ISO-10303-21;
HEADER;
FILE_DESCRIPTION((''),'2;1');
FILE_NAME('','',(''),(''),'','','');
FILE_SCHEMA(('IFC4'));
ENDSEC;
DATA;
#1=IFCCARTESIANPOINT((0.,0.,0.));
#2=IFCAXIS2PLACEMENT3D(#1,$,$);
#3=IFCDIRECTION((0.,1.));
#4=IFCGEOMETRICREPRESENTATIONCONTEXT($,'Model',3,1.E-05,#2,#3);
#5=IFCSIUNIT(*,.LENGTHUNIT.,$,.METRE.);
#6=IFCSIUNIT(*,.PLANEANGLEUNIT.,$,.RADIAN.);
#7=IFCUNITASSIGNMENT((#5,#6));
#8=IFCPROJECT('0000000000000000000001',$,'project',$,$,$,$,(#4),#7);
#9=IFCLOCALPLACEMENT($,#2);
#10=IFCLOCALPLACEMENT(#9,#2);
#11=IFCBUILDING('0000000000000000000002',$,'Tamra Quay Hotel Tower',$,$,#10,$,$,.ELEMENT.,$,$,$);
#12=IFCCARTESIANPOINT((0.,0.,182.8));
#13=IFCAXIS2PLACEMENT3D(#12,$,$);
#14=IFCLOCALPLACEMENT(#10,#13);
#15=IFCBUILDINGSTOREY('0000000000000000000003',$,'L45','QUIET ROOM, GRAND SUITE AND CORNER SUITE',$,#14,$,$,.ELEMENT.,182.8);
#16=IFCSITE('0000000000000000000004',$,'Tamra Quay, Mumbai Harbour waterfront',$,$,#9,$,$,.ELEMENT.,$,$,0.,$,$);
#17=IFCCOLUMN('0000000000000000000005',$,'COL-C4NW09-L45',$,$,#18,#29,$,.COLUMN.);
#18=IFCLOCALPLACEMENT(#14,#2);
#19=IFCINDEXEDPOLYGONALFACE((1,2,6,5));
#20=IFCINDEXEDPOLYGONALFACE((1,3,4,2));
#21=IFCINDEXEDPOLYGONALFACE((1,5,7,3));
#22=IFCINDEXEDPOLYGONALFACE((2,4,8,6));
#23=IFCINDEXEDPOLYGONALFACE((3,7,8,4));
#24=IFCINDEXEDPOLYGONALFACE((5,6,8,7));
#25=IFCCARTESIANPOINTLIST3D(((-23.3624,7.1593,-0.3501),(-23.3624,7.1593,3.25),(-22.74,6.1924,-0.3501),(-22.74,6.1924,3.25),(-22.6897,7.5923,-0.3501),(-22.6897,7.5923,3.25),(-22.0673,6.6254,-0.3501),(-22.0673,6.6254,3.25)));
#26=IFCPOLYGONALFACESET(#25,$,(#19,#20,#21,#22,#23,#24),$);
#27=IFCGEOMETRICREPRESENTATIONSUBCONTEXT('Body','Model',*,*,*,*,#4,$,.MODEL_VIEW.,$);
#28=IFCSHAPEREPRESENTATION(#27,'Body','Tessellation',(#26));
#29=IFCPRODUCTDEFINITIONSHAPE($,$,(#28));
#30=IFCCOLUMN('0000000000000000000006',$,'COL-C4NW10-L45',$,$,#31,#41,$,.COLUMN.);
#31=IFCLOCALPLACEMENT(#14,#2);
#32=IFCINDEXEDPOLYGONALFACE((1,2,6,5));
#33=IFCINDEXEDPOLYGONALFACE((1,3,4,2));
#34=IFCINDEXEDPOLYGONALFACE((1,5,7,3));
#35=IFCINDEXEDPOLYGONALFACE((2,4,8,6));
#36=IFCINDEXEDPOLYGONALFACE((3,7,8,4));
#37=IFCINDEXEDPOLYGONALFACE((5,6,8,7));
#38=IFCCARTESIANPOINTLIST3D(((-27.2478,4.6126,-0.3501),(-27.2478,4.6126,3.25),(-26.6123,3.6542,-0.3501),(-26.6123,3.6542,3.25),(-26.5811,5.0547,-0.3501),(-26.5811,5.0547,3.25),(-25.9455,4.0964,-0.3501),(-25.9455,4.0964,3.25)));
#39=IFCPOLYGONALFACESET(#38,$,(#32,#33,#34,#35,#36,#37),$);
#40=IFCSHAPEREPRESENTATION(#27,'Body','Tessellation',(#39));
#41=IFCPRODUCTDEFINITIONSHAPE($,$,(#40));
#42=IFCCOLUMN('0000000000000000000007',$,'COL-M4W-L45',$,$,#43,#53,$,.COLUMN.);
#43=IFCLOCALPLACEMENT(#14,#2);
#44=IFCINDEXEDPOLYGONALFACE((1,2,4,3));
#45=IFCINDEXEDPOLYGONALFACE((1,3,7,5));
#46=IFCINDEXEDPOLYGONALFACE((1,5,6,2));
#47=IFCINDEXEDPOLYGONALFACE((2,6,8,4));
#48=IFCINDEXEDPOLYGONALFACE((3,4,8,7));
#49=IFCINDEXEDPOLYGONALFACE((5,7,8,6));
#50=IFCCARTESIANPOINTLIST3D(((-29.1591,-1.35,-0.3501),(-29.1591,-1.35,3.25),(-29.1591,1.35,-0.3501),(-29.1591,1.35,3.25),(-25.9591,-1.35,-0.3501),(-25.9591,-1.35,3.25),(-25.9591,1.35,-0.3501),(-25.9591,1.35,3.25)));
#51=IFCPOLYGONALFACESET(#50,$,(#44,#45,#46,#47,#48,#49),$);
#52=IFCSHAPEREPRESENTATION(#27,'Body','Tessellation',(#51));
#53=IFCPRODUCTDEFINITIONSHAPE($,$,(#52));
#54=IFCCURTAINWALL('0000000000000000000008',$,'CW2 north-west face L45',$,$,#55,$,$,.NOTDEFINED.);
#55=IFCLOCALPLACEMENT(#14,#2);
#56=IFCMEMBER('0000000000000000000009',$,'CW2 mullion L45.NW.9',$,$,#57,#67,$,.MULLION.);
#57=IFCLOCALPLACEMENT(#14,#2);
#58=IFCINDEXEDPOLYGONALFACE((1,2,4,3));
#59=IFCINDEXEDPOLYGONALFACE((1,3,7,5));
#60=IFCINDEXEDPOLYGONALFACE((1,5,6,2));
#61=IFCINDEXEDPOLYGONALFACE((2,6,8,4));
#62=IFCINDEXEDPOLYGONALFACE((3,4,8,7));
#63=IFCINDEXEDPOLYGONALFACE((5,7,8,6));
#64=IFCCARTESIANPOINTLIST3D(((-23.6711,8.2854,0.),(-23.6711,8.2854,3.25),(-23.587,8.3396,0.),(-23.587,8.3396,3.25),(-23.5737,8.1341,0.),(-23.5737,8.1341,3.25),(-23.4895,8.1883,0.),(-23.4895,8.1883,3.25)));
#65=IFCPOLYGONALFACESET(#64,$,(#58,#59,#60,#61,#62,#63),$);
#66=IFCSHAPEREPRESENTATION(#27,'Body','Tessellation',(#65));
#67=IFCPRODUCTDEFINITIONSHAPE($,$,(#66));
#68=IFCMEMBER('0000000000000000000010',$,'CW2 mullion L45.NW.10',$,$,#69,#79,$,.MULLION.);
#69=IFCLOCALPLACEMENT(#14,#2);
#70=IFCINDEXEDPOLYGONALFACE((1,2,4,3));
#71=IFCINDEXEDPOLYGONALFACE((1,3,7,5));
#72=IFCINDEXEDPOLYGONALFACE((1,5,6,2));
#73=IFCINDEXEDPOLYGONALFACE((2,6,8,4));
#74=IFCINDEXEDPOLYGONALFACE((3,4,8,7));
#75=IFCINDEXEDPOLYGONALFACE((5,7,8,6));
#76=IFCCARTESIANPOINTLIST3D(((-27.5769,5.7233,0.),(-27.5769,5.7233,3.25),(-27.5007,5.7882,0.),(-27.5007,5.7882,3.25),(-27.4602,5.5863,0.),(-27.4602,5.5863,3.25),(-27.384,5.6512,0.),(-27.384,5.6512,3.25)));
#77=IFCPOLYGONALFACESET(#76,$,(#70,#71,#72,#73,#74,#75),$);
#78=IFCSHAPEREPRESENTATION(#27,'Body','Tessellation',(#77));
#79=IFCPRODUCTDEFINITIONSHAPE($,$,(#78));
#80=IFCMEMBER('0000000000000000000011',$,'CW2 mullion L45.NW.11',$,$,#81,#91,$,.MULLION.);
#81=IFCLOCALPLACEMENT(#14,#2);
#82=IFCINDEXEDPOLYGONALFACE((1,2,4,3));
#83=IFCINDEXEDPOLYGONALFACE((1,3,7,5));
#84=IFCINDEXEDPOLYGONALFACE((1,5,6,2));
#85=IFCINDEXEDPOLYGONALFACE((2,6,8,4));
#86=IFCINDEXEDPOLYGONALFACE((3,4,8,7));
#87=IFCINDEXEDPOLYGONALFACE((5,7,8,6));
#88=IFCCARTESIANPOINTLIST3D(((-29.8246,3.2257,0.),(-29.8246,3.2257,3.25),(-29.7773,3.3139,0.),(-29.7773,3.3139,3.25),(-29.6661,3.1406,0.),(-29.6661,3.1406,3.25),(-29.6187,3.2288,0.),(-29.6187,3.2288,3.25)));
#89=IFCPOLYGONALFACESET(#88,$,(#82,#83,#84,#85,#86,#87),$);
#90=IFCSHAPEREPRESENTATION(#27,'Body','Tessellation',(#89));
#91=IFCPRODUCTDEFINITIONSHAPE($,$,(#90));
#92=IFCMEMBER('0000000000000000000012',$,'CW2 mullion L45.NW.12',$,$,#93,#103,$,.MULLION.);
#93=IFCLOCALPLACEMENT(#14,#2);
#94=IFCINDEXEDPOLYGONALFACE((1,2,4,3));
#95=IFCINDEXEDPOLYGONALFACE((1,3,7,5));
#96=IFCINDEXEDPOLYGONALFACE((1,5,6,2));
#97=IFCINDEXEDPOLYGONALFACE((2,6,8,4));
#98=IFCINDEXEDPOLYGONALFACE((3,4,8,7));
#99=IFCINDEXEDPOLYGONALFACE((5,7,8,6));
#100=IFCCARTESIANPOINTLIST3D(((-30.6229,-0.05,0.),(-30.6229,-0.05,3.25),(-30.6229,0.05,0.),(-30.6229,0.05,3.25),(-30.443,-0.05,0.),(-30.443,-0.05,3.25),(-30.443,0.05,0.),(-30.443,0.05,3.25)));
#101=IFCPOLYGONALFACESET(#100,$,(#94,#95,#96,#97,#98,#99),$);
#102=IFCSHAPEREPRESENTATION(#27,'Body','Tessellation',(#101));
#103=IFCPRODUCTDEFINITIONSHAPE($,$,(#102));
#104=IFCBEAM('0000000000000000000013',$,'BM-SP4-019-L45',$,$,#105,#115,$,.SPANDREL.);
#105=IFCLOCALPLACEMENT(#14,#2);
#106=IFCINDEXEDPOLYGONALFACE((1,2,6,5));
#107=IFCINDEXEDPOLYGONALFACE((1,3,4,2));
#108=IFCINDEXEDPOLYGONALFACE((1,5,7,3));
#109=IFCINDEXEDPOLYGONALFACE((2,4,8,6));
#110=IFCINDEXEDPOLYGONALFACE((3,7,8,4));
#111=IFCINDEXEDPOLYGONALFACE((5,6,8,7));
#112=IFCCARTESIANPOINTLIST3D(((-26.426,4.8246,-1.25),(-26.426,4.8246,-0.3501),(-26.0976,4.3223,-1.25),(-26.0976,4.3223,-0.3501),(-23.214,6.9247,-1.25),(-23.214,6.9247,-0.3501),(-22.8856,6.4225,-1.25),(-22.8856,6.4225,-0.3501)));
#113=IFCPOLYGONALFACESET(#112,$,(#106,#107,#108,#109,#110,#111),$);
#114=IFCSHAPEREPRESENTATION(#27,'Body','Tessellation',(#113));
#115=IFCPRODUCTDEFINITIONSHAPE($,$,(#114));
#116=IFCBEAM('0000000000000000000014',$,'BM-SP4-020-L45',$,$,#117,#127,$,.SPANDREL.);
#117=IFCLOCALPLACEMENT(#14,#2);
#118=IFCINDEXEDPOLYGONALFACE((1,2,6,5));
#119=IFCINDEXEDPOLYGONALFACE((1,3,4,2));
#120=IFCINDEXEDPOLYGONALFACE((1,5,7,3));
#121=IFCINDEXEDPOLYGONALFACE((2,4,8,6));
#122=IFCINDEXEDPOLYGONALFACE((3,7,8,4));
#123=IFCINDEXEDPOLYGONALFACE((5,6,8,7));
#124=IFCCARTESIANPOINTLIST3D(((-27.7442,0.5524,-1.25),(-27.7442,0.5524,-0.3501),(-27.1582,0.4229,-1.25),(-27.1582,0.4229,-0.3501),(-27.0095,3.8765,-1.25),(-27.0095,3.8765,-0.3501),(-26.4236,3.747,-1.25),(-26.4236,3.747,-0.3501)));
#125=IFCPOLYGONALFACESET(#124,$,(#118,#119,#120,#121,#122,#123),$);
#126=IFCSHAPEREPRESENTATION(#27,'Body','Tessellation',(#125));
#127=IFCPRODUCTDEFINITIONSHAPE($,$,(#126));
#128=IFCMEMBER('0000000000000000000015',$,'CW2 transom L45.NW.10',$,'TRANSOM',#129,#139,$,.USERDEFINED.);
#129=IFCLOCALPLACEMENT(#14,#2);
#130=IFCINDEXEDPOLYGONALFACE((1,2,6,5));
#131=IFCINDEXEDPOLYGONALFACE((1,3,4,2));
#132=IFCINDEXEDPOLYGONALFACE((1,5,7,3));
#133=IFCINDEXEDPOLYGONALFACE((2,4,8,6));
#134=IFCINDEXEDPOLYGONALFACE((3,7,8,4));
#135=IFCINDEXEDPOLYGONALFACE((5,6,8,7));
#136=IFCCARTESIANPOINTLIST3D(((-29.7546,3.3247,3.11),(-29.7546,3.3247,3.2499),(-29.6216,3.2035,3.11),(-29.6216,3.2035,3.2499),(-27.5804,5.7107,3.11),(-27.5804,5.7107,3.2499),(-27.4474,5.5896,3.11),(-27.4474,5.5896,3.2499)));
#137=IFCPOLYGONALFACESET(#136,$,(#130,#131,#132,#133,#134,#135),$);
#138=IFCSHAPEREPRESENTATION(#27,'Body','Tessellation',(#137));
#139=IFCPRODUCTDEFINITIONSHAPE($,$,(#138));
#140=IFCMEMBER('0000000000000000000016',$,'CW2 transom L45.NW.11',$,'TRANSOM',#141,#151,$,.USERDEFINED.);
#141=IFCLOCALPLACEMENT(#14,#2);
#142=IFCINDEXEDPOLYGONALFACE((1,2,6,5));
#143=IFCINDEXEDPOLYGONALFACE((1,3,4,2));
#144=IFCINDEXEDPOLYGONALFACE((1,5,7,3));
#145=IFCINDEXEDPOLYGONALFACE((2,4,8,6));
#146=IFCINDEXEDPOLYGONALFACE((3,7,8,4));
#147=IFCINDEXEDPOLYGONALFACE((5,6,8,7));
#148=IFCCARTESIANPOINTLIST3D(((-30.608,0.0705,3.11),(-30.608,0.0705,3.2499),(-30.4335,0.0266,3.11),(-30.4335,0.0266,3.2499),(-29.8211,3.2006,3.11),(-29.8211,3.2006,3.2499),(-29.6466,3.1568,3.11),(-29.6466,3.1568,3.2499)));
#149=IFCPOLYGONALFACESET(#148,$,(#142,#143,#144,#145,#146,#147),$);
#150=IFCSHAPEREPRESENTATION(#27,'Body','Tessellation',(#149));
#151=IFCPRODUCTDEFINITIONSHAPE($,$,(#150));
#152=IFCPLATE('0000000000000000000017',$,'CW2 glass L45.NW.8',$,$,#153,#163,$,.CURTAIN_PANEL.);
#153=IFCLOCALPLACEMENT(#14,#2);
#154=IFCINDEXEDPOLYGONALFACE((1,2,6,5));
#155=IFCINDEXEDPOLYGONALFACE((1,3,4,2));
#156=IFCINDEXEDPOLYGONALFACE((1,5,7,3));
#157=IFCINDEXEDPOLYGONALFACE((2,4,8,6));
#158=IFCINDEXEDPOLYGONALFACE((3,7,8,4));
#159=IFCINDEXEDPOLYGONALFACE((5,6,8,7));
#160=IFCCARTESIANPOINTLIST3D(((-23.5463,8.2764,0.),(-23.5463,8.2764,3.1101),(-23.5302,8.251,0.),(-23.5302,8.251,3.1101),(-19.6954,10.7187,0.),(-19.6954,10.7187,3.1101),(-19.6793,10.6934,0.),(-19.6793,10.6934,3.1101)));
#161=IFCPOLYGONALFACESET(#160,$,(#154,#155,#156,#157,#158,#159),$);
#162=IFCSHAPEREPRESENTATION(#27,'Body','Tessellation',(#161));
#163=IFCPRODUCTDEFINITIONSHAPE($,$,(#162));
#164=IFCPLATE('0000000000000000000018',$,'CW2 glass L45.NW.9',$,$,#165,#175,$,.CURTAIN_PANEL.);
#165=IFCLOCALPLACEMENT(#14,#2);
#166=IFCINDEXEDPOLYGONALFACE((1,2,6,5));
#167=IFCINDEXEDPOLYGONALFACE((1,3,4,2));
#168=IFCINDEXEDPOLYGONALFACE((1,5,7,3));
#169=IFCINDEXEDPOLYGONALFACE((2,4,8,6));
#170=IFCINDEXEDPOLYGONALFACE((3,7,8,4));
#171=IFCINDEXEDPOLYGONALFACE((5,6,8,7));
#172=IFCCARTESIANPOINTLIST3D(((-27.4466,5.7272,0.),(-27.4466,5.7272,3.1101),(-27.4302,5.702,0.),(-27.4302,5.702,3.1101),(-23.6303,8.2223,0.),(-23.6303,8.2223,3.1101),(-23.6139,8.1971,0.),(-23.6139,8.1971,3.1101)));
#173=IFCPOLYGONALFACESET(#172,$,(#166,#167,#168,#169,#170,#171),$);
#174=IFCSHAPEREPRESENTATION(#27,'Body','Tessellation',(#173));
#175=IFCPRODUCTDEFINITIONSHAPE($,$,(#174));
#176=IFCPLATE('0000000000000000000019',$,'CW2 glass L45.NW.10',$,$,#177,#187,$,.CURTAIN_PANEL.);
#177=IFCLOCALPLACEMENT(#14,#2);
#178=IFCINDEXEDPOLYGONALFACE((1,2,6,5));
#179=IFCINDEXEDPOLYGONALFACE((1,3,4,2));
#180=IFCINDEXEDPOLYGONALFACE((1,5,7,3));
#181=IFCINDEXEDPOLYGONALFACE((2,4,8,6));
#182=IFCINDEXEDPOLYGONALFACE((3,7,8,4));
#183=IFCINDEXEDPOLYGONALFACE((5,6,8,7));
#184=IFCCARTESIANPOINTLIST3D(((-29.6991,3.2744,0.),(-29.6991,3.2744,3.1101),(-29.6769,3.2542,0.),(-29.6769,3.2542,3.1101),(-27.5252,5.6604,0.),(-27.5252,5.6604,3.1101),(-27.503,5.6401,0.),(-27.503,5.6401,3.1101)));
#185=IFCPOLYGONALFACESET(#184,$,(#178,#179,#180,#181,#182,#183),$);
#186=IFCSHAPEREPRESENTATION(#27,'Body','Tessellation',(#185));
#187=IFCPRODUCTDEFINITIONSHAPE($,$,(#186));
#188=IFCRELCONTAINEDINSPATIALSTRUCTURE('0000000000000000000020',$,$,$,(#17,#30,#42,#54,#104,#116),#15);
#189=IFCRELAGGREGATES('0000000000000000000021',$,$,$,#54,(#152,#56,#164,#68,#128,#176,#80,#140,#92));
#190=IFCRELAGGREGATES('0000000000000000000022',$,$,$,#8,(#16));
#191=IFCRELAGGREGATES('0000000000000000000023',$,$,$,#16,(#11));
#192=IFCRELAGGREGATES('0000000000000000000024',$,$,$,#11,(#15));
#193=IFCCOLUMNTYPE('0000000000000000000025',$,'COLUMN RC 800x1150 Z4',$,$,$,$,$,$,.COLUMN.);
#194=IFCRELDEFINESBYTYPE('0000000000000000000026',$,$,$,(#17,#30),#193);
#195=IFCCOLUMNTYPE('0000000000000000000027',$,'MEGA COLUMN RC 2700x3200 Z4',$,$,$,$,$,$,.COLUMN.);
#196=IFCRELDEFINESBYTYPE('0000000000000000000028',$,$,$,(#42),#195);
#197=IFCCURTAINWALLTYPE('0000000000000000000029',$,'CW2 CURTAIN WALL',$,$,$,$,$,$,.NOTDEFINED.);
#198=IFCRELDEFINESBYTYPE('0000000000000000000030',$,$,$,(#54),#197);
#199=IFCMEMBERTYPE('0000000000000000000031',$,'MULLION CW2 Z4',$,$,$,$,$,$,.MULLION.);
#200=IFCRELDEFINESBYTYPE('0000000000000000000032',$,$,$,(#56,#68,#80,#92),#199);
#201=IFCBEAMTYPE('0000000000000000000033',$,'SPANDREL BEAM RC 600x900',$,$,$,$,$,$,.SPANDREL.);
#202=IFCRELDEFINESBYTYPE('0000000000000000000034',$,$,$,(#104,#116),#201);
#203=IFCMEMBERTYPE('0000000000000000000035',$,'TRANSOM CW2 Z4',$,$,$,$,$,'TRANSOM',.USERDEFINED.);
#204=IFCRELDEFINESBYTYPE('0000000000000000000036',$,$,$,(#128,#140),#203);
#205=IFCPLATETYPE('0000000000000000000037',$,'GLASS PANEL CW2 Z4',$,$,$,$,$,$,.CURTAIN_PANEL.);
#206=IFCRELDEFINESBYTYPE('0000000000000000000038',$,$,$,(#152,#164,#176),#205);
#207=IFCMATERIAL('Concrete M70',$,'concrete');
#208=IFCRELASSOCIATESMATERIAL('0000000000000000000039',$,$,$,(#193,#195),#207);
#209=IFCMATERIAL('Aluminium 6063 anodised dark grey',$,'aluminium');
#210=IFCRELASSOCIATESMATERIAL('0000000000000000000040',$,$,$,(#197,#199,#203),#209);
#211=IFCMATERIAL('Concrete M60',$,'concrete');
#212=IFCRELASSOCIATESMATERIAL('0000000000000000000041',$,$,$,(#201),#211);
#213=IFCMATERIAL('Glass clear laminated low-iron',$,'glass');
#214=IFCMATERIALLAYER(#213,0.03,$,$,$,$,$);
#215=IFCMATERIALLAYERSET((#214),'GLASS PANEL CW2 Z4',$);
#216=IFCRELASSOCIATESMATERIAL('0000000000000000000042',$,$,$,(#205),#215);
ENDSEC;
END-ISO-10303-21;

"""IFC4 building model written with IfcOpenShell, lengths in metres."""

from ifc_helpers import new_model, si_unit, direction, frame, origin, origin_2d, place, context, subcontext, project, spatial, rectangle, extrude, material, layer, layer_set, material_profile, profile_set, type_object, element, aggregate, save


model = new_model("IFC4")

# Units and contexts
model_context = context("Model", 3, precision=1e-05, world=origin(), true_north=direction((0.0, 1.0)))
body_context = subcontext(model_context, "Body", "Model", "MODEL_VIEW")
ifc_project = project(units=[si_unit("LENGTHUNIT", "METRE"), si_unit("PLANEANGLEUNIT", "RADIAN")], contexts=[model_context])

# Site, building, storey
site_placement = place(None, origin())
site = spatial("IfcSite", under=ifc_project, at=site_placement, Name="Tamra Quay, Mumbai Harbour waterfront", CompositionType="ELEMENT", RefElevation=0.0)
building_placement = place(site_placement, origin())
building = spatial("IfcBuilding", under=site, at=building_placement, Name="Tamra Quay Hotel Tower", CompositionType="ELEMENT")
storey_placement = place(building_placement, frame((0.0, 0.0, 182.8)))
storey = spatial("IfcBuildingStorey", under=building, at=storey_placement, Name="L45", Description="QUIET ROOM, GRAND SUITE AND CORNER SUITE", CompositionType="ELEMENT", Elevation=182.8)

# Columns
ifc_material_1 = material(Name="Concrete M70", Category="concrete")
ifc_material_profile_1 = material_profile(ifc_material_1, rectangle(XDim=1.1499, YDim=0.8, at=origin_2d()), Name="COLUMN RC 800x1150 Z4")
ifc_profile_set_1 = profile_set([ifc_material_profile_1], Name="Concrete M70")
column_type_1 = type_object("IfcColumnType", Name="COLUMN RC 800x1150 Z4", PredefinedType="COLUMN", material=ifc_profile_set_1)
for number, where, z_axis, x_axis, name in (
    (1, (-22.7148, 6.8923, -0.3501), (0.0, 0.0, 1.0), (-0.541283, 0.840841, 0.0), "COL-C4NW09-L45"),
    (2, (-26.5967, 4.3545, -0.3501), (0.0, 0.0, 1.0), (-0.552666, 0.833403, 0.0), "COL-C4NW10-L45"),
):
    element("IfcColumn", number, at=place(storey_placement, frame(where, z_axis=z_axis, x_axis=x_axis)), inside=storey, type_object=column_type_1, Name=name, PredefinedType="COLUMN", context=body_context, shape_type="SweptSolid", body=[
        extrude(rectangle(XDim=1.1499, YDim=0.8, at=origin_2d()), origin(), (0.0, 0.0, 1.0), 3.6001),
    ])
ifc_material_profile_2 = material_profile(ifc_material_1, rectangle(XDim=3.2, YDim=2.7, at=origin_2d()), Name="MEGA COLUMN RC 2700x3200 Z4")
ifc_profile_set_2 = profile_set([ifc_material_profile_2], Name="Concrete M70")
column_type_2 = type_object("IfcColumnType", Name="MEGA COLUMN RC 2700x3200 Z4", PredefinedType="COLUMN", material=ifc_profile_set_2)
column_placement = place(storey_placement, frame((-27.5591, 0.0, -0.3501), z_axis=(0.0, 0.0, 1.0), x_axis=(1.0, 0.0, 0.0)))
element("IfcColumn", 3, at=column_placement, inside=storey, type_object=column_type_2, Name="COL-M4W-L45", PredefinedType="COLUMN", context=body_context, shape_type="SweptSolid", body=[
    extrude(rectangle(XDim=3.2, YDim=2.7, at=origin_2d()), origin(), (0.0, 0.0, 1.0), 3.6001),
])

# Curtain wall, members
ifc_material_2 = material(Name="Aluminium 6063 anodised dark grey", Category="aluminium")
curtain_wall_type = type_object("IfcCurtainWallType", Name="CW2 CURTAIN WALL", PredefinedType="NOTDEFINED", material=ifc_material_2)
curtain_wall_placement = place(storey_placement, origin())
curtain_wall = element("IfcCurtainWall", 4, at=curtain_wall_placement, inside=storey, type_object=curtain_wall_type, Name="CW2 north-west face L45", PredefinedType="NOTDEFINED")
ifc_material_profile_3 = material_profile(ifc_material_2, rectangle(XDim=0.1799, YDim=0.1001, at=origin_2d()), Name="MULLION 100X180")
ifc_profile_set_3 = profile_set([ifc_material_profile_3], Name="Aluminium 6063 anodised dark grey")
member_type_1 = type_object("IfcMemberType", Name="MULLION CW2 Z4", PredefinedType="MULLION", material=ifc_profile_set_3)
member_1_placement = place(storey_placement, frame((-23.5803, 8.2368, 0.0), z_axis=(0.0, 0.0, 1.0), x_axis=(-0.541422, 0.840751, 0.0)))
member_1 = element("IfcMember", 5, at=member_1_placement, type_object=member_type_1, Name="CW2 mullion L45.NW.9", PredefinedType="MULLION", context=body_context, shape_type="SweptSolid", body=[
    extrude(rectangle(XDim=0.1799, YDim=0.1001, at=origin_2d()), origin(), (0.0, 0.0, 1.0), 3.25),
])
member_2_placement = place(storey_placement, frame((-27.4805, 5.6873, 0.0), z_axis=(0.0, 0.0, 1.0), x_axis=(-0.648381, 0.761316, 0.0)))
member_2 = element("IfcMember", 6, at=member_2_placement, type_object=member_type_1, Name="CW2 mullion L45.NW.10", PredefinedType="MULLION", context=body_context, shape_type="SweptSolid", body=[
    extrude(rectangle(XDim=0.1799, YDim=0.1001, at=origin_2d()), origin(), (0.0, 0.0, 1.0), 3.25),
])
member_3_placement = place(storey_placement, frame((-29.7217, 3.2273, 0.0), z_axis=(0.0, 0.0, 1.0), x_axis=(-0.881098, 0.472935, 0.0)))
member_3 = element("IfcMember", 7, at=member_3_placement, type_object=member_type_1, Name="CW2 mullion L45.NW.11", PredefinedType="MULLION", context=body_context, shape_type="SweptSolid", body=[
    extrude(rectangle(XDim=0.1799, YDim=0.1001, at=origin_2d()), origin(), (0.0, 0.0, 1.0), 3.25),
])
member_4_placement = place(storey_placement, frame((-30.533, 0.0, 0.0), z_axis=(0.0, 0.0, 1.0), x_axis=(-1.0, 0.0, 0.0)))
member_4 = element("IfcMember", 8, at=member_4_placement, type_object=member_type_1, Name="CW2 mullion L45.NW.12", PredefinedType="MULLION", context=body_context, shape_type="SweptSolid", body=[
    extrude(rectangle(XDim=0.1799, YDim=0.1001, at=origin_2d()), origin(), (0.0, 0.0, 1.0), 3.25),
])

# Beams
ifc_material_3 = material(Name="Concrete M60", Category="concrete")
ifc_material_profile_4 = material_profile(ifc_material_3, rectangle(XDim=0.6001, YDim=0.8999, at=origin_2d()), Name="SPANDREL BEAM RC 600x900")
ifc_profile_set_4 = profile_set([ifc_material_profile_4], Name="Concrete M60")
beam_type = type_object("IfcBeamType", Name="SPANDREL BEAM RC 600x900", PredefinedType="SPANDREL", material=ifc_profile_set_4)
beam_1_placement = place(storey_placement, frame((-23.0498, 6.6736, -0.8), z_axis=(-0.83697, -0.547249, 0.0), x_axis=(0.547249, -0.83697, 0.0)))
element("IfcBeam", 9, at=beam_1_placement, inside=storey, type_object=beam_type, Name="BM-SP4-019-L45", PredefinedType="SPANDREL", context=body_context, shape_type="SweptSolid", body=[
    extrude(rectangle(XDim=0.6001, YDim=0.8999, at=origin_2d()), origin(), (0.0, 0.0, 1.0), 3.8376),
])
beam_2_placement = place(storey_placement, frame((-26.7166, 3.8118, -0.8), z_axis=(-0.215799, -0.976438, 0.0), x_axis=(0.976438, -0.215799, 0.0)))
element("IfcBeam", 10, at=beam_2_placement, inside=storey, type_object=beam_type, Name="BM-SP4-020-L45", PredefinedType="SPANDREL", context=body_context, shape_type="SweptSolid", body=[
    extrude(rectangle(XDim=0.6001, YDim=0.8999, at=origin_2d()), origin(), (0.0, 0.0, 1.0), 3.4043),
])

# Members
ifc_material_profile_5 = material_profile(ifc_material_2, rectangle(XDim=0.1799, YDim=0.1399, at=origin_2d()), Name="TRANSOM 180X140")
ifc_profile_set_5 = profile_set([ifc_material_profile_5], Name="Aluminium 6063 anodised dark grey")
member_type_2 = type_object("IfcMemberType", Name="TRANSOM CW2 Z4", ElementType="TRANSOM", PredefinedType="USERDEFINED", material=ifc_profile_set_5)
member_5_placement = place(storey_placement, frame((-27.5139, 5.6501, 3.1799), z_axis=(-0.673519, -0.73917, 0.0), x_axis=(0.73917, -0.673519, 0.0)))
member_5 = element("IfcMember", 11, at=member_5_placement, type_object=member_type_2, Name="CW2 transom L45.NW.10", ObjectType="TRANSOM", PredefinedType="USERDEFINED", context=body_context, shape_type="SweptSolid", body=[
    extrude(rectangle(XDim=0.1799, YDim=0.1399, at=origin_2d()), origin(), (0.0, 0.0, 1.0), 3.228),
])
member_6_placement = place(storey_placement, frame((-29.7339, 3.1787, 3.1799), z_axis=(-0.243799, -0.969826, 0.0), x_axis=(0.969826, -0.243799, 0.0)))
member_6 = element("IfcMember", 12, at=member_6_placement, type_object=member_type_2, Name="CW2 transom L45.NW.11", ObjectType="TRANSOM", PredefinedType="USERDEFINED", context=body_context, shape_type="SweptSolid", body=[
    extrude(rectangle(XDim=0.1799, YDim=0.1399, at=origin_2d()), origin(), (0.0, 0.0, 1.0), 3.2275),
])

# Plates
ifc_material_4 = material(Name="Glass clear laminated low-iron", Category="glass")
ifc_layer_1 = layer(ifc_material_4, 0.03)
ifc_layer_set_1 = layer_set([ifc_layer_1], Name="GLASS PANEL CW2 Z4")
plate_type = type_object("IfcPlateType", Name="GLASS PANEL CW2 Z4", PredefinedType="CURTAIN_PANEL", material=ifc_layer_set_1)
plate_1_placement = place(storey_placement, frame((-21.6128, 9.4849, 0.0), z_axis=(0.0, 0.0, 1.0), x_axis=(-0.844476, -0.535594, 0.0)))
plate_1 = element("IfcPlate", 13, at=plate_1_placement, type_object=plate_type, Name="CW2 glass L45.NW.8", PredefinedType="CURTAIN_PANEL", context=body_context, shape_type="SweptSolid", body=[
    extrude(rectangle(XDim=4.5601, YDim=0.03, at=origin_2d()), origin(), (0.0, 0.0, 1.0), 3.1101),
])
plate_2_placement = place(storey_placement, frame((-25.5303, 6.9622, 0.0), z_axis=(0.0, 0.0, 1.0), x_axis=(-0.836986, -0.547224, 0.0)))
plate_2 = element("IfcPlate", 14, at=plate_2_placement, type_object=plate_type, Name="CW2 glass L45.NW.9", PredefinedType="CURTAIN_PANEL", context=body_context, shape_type="SweptSolid", body=[
    extrude(rectangle(XDim=4.5596, YDim=0.03, at=origin_2d()), origin(), (0.0, 0.0, 1.0), 3.1101),
])
plate_3_placement = place(storey_placement, frame((-28.6011, 4.4573, 0.0), z_axis=(0.0, 0.0, 1.0), x_axis=(-0.673496, -0.739191, 0.0)))
plate_3 = element("IfcPlate", 15, at=plate_3_placement, type_object=plate_type, Name="CW2 glass L45.NW.10", PredefinedType="CURTAIN_PANEL", context=body_context, shape_type="SweptSolid", body=[
    extrude(rectangle(XDim=3.2278, YDim=0.03, at=origin_2d()), origin(), (0.0, 0.0, 1.0), 3.1101),
])
aggregate(curtain_wall, [plate_1, member_1, plate_2, member_2, member_5, plate_3, member_3, member_6, member_4])

save(model, "model.ifc")
